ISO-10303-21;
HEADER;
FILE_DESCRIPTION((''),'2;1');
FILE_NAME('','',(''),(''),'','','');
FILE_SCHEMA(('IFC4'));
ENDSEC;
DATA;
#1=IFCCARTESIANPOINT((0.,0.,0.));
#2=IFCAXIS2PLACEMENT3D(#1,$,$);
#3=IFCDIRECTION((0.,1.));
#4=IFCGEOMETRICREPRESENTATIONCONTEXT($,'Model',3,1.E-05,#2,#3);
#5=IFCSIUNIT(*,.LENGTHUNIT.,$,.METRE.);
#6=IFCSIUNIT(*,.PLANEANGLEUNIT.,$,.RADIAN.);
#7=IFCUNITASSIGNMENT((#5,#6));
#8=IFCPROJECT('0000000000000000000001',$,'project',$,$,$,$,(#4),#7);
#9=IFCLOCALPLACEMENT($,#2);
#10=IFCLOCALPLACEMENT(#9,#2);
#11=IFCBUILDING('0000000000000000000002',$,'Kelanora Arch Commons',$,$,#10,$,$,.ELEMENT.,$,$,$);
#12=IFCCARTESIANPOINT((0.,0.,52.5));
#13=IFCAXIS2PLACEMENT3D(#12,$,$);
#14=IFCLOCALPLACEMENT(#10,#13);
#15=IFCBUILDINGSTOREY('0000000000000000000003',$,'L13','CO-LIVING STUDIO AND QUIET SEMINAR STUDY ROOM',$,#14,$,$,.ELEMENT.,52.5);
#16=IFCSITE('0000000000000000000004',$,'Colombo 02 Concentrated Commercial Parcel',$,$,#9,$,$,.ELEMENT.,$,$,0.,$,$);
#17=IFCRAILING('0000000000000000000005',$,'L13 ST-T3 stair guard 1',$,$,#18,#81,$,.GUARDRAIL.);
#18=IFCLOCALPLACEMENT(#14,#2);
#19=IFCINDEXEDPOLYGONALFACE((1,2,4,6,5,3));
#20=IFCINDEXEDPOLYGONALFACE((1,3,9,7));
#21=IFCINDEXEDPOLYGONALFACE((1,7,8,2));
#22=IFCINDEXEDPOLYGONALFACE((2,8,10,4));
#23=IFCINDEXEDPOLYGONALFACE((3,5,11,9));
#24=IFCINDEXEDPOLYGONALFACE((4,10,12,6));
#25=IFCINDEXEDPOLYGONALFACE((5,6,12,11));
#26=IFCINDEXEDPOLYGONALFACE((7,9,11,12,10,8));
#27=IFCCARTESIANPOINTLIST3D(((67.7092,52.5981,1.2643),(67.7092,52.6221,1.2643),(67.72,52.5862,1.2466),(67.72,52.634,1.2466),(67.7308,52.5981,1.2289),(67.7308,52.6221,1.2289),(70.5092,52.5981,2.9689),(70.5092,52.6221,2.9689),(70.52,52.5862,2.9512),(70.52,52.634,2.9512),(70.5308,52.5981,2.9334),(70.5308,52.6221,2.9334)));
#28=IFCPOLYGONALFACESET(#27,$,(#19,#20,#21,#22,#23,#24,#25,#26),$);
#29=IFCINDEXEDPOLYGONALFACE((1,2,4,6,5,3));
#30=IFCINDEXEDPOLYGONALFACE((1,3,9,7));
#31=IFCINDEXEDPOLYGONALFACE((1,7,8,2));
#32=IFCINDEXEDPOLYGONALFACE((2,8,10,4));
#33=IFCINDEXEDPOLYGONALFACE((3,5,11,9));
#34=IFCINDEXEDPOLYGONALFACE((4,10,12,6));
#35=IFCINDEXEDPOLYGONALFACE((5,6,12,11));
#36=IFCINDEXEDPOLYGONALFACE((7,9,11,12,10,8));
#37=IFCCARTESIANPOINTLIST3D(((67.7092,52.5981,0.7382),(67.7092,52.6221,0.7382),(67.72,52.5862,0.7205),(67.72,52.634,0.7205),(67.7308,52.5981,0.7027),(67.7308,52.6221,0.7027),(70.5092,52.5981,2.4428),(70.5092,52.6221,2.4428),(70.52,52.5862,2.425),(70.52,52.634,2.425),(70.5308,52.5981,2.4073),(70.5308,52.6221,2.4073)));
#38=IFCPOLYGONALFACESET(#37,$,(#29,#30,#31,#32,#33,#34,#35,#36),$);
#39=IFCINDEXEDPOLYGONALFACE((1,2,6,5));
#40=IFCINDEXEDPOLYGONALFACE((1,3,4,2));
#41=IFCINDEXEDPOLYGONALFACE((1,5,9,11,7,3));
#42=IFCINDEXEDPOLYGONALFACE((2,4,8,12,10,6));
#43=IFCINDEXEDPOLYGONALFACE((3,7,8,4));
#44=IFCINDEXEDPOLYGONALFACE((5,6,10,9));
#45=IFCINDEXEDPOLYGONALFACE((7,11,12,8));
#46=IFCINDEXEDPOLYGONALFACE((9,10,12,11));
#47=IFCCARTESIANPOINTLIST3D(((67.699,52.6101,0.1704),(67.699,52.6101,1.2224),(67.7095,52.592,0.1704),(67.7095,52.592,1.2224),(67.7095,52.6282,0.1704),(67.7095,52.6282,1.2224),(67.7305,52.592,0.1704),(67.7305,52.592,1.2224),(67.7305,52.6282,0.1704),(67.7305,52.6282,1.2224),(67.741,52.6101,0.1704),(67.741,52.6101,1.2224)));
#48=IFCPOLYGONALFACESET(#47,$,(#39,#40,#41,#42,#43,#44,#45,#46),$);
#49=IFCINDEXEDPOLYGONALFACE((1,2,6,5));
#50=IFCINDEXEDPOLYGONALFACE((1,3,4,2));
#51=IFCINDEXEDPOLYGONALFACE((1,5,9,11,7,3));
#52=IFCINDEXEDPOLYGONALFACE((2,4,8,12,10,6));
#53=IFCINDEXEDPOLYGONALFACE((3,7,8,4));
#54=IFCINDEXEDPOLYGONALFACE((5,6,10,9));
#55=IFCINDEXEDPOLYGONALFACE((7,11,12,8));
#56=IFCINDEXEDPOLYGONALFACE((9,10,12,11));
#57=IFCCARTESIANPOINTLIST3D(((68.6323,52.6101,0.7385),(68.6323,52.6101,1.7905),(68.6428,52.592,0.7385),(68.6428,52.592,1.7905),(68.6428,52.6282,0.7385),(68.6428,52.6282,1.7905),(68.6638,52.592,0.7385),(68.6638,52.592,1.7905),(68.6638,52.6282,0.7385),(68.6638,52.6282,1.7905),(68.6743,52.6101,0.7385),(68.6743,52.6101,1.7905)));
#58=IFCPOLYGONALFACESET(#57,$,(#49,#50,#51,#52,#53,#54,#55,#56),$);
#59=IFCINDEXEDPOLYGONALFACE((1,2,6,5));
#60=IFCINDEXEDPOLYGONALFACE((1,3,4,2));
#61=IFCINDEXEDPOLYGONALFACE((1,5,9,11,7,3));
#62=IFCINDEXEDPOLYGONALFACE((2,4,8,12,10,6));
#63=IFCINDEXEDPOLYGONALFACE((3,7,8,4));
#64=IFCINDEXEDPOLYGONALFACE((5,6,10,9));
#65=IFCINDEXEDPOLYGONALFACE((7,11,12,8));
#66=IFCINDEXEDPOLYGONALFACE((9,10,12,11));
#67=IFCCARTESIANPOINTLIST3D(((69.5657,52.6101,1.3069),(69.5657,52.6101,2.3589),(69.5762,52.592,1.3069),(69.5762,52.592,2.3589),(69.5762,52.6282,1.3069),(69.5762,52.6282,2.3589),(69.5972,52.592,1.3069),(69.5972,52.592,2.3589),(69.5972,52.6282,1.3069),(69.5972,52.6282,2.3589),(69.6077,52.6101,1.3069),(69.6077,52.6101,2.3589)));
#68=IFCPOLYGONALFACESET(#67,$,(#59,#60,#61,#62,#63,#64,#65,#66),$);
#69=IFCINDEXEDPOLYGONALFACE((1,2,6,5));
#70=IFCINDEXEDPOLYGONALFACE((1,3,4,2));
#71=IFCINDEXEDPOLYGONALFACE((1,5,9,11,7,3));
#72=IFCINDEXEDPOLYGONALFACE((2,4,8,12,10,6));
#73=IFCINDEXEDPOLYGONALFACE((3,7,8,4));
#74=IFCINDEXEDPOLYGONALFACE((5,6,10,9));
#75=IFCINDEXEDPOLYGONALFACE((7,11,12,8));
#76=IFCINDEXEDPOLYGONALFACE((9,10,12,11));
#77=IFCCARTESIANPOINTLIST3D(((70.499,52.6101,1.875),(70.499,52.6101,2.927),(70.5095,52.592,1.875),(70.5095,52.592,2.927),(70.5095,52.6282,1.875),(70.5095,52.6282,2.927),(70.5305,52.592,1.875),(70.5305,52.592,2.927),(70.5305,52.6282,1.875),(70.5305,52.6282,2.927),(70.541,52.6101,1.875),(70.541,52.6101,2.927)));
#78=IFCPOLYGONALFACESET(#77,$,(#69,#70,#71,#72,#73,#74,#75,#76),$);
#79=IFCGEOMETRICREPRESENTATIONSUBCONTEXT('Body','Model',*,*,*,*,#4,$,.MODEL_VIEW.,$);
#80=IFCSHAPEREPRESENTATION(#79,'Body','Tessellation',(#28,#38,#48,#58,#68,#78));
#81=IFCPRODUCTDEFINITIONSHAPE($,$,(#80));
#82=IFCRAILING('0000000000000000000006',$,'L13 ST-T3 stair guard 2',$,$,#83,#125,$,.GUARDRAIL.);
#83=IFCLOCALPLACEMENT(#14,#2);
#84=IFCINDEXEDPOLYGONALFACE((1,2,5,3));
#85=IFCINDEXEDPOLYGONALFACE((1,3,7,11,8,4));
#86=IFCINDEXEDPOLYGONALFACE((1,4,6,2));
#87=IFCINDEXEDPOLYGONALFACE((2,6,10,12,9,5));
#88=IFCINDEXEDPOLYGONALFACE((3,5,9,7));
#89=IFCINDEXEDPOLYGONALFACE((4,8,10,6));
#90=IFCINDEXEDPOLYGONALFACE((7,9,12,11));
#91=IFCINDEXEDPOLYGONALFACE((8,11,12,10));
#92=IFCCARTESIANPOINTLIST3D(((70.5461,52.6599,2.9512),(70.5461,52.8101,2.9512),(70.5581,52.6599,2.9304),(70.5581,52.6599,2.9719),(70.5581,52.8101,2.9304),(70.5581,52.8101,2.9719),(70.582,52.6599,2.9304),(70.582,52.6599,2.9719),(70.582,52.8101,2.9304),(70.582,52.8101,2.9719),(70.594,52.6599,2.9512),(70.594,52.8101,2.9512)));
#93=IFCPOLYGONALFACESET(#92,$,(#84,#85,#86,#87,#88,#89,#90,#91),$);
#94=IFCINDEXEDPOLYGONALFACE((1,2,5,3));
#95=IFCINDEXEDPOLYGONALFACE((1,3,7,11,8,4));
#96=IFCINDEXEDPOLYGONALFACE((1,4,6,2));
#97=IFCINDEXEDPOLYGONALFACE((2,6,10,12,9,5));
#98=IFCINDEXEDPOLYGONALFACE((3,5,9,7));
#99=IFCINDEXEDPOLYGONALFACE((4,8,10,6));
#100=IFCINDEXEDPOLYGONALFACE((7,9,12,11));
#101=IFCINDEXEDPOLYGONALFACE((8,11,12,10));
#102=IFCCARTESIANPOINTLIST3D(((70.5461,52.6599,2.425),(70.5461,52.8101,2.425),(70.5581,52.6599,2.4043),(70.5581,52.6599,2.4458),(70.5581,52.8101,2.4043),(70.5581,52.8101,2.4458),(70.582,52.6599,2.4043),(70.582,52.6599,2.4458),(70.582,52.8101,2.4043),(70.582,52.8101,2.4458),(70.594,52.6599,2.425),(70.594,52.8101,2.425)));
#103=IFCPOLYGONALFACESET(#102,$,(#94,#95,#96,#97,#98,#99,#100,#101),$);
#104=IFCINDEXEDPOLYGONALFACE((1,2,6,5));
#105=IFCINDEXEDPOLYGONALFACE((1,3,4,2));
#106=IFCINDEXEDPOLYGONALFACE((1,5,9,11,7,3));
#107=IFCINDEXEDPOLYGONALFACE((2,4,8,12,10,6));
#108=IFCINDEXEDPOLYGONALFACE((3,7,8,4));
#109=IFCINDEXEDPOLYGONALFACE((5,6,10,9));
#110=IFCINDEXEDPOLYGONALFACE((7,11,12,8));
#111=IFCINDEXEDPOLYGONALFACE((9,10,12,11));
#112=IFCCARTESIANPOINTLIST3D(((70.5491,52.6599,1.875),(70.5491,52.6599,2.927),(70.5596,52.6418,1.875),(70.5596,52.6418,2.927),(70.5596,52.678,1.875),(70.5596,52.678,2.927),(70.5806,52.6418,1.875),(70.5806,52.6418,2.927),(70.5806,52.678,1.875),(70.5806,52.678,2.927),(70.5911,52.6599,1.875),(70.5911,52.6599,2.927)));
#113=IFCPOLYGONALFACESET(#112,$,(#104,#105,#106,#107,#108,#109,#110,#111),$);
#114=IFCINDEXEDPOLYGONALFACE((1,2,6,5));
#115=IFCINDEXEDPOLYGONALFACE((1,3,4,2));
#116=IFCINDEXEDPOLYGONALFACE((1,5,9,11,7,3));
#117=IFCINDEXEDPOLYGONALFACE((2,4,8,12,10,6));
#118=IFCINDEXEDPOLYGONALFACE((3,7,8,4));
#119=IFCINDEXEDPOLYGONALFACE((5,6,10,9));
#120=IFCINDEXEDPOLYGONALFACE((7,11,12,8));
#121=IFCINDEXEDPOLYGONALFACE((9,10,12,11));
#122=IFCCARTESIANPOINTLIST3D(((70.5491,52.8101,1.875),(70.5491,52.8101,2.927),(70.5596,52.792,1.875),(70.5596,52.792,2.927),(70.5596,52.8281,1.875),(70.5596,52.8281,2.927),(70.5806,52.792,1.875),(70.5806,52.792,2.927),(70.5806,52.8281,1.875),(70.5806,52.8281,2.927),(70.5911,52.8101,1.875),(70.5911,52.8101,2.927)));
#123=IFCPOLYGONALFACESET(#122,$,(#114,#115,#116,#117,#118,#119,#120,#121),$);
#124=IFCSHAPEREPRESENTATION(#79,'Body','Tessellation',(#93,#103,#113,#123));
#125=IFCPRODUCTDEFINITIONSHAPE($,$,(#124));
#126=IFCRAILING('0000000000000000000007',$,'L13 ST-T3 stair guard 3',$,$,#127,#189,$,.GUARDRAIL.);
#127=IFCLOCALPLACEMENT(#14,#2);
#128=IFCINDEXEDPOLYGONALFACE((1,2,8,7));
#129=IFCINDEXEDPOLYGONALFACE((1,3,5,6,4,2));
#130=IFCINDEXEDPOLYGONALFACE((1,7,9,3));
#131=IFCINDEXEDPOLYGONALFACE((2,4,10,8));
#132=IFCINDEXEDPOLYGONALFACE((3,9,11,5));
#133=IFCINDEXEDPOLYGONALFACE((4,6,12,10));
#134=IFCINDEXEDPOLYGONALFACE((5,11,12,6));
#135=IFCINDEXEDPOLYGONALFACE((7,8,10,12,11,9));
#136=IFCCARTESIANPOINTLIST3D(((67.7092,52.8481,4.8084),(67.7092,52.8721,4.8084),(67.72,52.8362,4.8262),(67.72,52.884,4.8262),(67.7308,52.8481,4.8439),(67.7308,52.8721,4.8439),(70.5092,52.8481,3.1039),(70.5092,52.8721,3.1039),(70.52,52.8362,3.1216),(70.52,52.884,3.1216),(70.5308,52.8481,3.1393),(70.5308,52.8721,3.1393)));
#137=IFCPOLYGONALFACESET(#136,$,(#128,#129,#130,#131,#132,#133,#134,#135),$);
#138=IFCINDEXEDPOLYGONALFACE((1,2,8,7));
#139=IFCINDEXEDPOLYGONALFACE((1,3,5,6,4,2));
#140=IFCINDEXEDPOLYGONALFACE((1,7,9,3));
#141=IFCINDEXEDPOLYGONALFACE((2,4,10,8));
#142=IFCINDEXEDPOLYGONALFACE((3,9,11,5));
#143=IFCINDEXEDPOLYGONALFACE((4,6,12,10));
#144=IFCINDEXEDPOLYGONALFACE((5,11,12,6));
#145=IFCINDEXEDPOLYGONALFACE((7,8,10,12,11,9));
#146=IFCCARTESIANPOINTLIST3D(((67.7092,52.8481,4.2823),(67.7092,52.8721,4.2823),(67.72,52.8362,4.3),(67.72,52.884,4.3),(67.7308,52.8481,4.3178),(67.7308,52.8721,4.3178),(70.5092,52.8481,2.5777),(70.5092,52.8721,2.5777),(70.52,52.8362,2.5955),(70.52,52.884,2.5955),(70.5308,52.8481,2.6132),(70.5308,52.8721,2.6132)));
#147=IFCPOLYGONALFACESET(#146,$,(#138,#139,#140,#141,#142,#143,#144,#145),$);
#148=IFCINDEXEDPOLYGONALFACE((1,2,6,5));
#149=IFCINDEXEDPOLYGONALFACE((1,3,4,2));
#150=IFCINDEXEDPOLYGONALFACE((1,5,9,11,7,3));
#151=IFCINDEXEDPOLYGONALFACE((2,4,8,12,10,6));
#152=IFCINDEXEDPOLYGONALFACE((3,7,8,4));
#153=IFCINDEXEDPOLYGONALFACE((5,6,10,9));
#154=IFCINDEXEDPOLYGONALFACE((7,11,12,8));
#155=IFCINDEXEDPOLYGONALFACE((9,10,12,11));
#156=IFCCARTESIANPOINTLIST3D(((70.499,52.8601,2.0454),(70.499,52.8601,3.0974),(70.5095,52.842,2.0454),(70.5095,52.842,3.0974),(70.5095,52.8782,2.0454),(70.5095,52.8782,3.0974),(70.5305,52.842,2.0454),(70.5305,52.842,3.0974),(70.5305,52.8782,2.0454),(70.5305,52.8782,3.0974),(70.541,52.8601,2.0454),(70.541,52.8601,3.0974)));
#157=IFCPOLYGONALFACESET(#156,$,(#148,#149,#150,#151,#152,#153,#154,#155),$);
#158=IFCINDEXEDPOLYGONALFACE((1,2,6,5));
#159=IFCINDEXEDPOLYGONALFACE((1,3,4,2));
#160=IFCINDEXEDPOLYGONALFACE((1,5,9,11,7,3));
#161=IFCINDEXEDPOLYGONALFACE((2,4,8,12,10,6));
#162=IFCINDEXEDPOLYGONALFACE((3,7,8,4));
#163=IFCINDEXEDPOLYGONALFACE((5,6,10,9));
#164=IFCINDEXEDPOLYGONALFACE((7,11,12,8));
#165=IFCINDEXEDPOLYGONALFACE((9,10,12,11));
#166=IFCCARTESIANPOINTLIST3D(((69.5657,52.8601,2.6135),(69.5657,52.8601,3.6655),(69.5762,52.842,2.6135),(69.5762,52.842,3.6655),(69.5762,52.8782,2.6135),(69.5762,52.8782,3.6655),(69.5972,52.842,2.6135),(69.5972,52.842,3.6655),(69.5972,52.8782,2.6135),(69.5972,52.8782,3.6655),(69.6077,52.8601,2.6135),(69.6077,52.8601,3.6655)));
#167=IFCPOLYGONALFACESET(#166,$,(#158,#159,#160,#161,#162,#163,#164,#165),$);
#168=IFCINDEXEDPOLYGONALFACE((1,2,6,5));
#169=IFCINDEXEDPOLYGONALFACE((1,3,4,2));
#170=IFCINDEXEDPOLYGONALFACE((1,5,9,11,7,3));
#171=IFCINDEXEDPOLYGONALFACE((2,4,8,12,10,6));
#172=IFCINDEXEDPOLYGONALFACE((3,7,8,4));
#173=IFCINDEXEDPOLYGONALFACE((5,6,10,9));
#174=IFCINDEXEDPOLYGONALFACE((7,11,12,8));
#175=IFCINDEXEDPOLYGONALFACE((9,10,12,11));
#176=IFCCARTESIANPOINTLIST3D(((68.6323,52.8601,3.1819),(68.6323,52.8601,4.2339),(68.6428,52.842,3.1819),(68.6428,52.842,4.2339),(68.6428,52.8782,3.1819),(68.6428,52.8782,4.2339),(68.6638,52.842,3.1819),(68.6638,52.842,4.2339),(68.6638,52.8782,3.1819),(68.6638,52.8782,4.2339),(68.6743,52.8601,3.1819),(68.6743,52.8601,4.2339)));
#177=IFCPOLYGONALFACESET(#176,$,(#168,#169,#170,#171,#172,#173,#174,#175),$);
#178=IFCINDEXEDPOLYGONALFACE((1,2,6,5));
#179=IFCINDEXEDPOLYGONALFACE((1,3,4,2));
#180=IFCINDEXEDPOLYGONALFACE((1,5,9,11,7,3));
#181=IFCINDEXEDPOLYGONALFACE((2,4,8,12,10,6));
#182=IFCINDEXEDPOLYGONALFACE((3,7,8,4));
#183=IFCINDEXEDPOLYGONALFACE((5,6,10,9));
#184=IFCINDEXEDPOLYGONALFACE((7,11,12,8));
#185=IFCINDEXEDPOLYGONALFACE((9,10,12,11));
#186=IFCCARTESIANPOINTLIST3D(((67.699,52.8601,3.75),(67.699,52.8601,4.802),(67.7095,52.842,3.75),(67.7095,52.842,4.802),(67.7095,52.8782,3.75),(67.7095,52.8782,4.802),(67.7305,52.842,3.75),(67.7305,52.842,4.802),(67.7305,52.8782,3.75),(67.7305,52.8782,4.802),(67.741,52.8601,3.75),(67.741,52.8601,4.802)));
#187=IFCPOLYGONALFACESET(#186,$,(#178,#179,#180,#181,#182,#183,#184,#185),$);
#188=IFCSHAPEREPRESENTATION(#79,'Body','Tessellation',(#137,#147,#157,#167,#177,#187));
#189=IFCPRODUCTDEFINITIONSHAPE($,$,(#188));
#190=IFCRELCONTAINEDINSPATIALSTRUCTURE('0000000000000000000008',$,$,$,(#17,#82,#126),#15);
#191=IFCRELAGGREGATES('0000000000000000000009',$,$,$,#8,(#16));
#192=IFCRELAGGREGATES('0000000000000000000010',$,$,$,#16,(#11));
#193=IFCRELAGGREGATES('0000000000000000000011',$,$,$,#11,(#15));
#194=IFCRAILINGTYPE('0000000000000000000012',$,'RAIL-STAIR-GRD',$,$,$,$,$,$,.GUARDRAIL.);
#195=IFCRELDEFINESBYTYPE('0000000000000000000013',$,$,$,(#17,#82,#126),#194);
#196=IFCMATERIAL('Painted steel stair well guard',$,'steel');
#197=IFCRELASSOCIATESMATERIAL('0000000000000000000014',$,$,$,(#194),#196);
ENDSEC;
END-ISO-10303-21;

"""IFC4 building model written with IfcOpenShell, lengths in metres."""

from ifc_helpers import new_model, si_unit, direction, frame, origin, place, context, subcontext, project, spatial, polyline, outline, extrude, material, type_object, element, save


model = new_model("IFC4")

# Units and contexts
model_context = context("Model", 3, precision=1e-05, world=origin(), true_north=direction((0.0, 1.0)))
body_context = subcontext(model_context, "Body", "Model", "MODEL_VIEW")
ifc_project = project(units=[si_unit("LENGTHUNIT", "METRE"), si_unit("PLANEANGLEUNIT", "RADIAN")], contexts=[model_context])

# Site, building, storey
site_placement = place(None, origin())
site = spatial("IfcSite", under=ifc_project, at=site_placement, Name="Colombo 02 Concentrated Commercial Parcel", CompositionType="ELEMENT", RefElevation=0.0)
building_placement = place(site_placement, origin())
building = spatial("IfcBuilding", under=site, at=building_placement, Name="Kelanora Arch Commons", CompositionType="ELEMENT")
storey_placement = place(building_placement, frame((0.0, 0.0, 52.5)))
storey = spatial("IfcBuildingStorey", under=building, at=storey_placement, Name="L13", Description="CO-LIVING STUDIO AND QUIET SEMINAR STUDY ROOM", CompositionType="ELEMENT", Elevation=52.5)

# Railings
ifc_material_1 = material(Name="Painted steel stair well guard", Category="steel")
railing_type_1 = type_object("IfcRailingType", Name="RAIL-STAIR-GRD", PredefinedType="GUARDRAIL", material=ifc_material_1)
railing_1_placement = place(storey_placement, frame((67.72, 52.6101, 0.1704)))
element("IfcRailing", 1, at=railing_1_placement, inside=storey, type_object=railing_type_1, Name="L13 ST-T3 stair guard 1", PredefinedType="GUARDRAIL", context=body_context, shape_type="SweptSolid", body=[
    extrude(outline(polyline([(0.0239, 0.0), (0.012, 0.0208), (-0.012, 0.0208), (-0.0239, 0.0), (-0.012, -0.0208), (0.012, -0.0208), (0.0239, 0.0)])), frame((0.0, 0.0, 1.0762), z_axis=(0.85417, 0.0, 0.519994), x_axis=(0.0, 1.0, 0.0)), (0.0, 0.0, 1.0), 3.2781),
    extrude(outline(polyline([(0.0239, 0.0), (0.012, 0.0208), (-0.012, 0.0208), (-0.0239, 0.0), (-0.012, -0.0208), (0.012, -0.0208), (0.0239, 0.0)])), frame((0.0, 0.0, 0.55), z_axis=(0.85417, 0.0, 0.519994), x_axis=(0.0, 1.0, 0.0)), (0.0, 0.0, 1.0), 3.2781),
    extrude(outline(polyline([(0.021, 0.0), (0.0105, 0.0181), (-0.0105, 0.0181), (-0.021, 0.0), (-0.0105, -0.0181), (0.0105, -0.0181), (0.021, 0.0)])), origin(), (0.0, 0.0, 1.0), 1.052),
    extrude(outline(polyline([(0.021, 0.0), (0.0105, 0.0181), (-0.0105, 0.0181), (-0.021, 0.0), (-0.0105, -0.0181), (0.0105, -0.0181), (0.021, 0.0)])), frame((0.9333, 0.0, 0.5681)), (0.0, 0.0, 1.0), 1.052),
    extrude(outline(polyline([(0.021, 0.0), (0.0105, 0.0181), (-0.0105, 0.0181), (-0.021, 0.0), (-0.0105, -0.0181), (0.0105, -0.0181), (0.021, 0.0)])), frame((1.8667, 0.0, 1.1365)), (0.0, 0.0, 1.0), 1.052),
    extrude(outline(polyline([(0.021, 0.0), (0.0105, 0.0181), (-0.0105, 0.0181), (-0.021, 0.0), (-0.0105, -0.0181), (0.0105, -0.0181), (0.021, 0.0)])), frame((2.8, 0.0, 1.7046)), (0.0, 0.0, 1.0), 1.052),
])
railing_2_placement = place(storey_placement, frame((70.5701, 52.6599, 1.875)))
element("IfcRailing", 2, at=railing_2_placement, inside=storey, type_object=railing_type_1, Name="L13 ST-T3 stair guard 2", PredefinedType="GUARDRAIL", context=body_context, shape_type="SweptSolid", body=[
    extrude(outline(polyline([(0.0239, 0.0), (0.012, 0.0208), (-0.012, 0.0208), (-0.0239, 0.0), (-0.012, -0.0208), (0.012, -0.0208), (0.0239, 0.0)])), frame((0.0, 0.0, 1.0762), z_axis=(0.0, 1.0, 0.0), x_axis=(-1.0, 0.0, 0.0)), (0.0, 0.0, 1.0), 0.1501),
    extrude(outline(polyline([(0.0239, 0.0), (0.012, 0.0208), (-0.012, 0.0208), (-0.0239, 0.0), (-0.012, -0.0208), (0.012, -0.0208), (0.0239, 0.0)])), frame((0.0, 0.0, 0.55), z_axis=(0.0, 1.0, 0.0), x_axis=(-1.0, 0.0, 0.0)), (0.0, 0.0, 1.0), 0.1501),
    extrude(outline(polyline([(0.021, 0.0), (0.0105, 0.0181), (-0.0105, 0.0181), (-0.021, 0.0), (-0.0105, -0.0181), (0.0105, -0.0181), (0.021, 0.0)])), origin(), (0.0, 0.0, 1.0), 1.052),
    extrude(outline(polyline([(0.021, 0.0), (0.0105, 0.0181), (-0.0105, 0.0181), (-0.021, 0.0), (-0.0105, -0.0181), (0.0105, -0.0181), (0.021, 0.0)])), frame((0.0, 0.1501, 0.0)), (0.0, 0.0, 1.0), 1.052),
])
railing_3_placement = place(storey_placement, frame((70.52, 52.8601, 2.0454)))
element("IfcRailing", 3, at=railing_3_placement, inside=storey, type_object=railing_type_1, Name="L13 ST-T3 stair guard 3", PredefinedType="GUARDRAIL", context=body_context, shape_type="SweptSolid", body=[
    extrude(outline(polyline([(0.0239, 0.0), (0.012, 0.0208), (-0.012, 0.0208), (-0.0239, 0.0), (-0.012, -0.0208), (0.012, -0.0208), (0.0239, 0.0)])), frame((0.0, 0.0, 1.0762), z_axis=(-0.85417, 0.0, 0.519994), x_axis=(0.0, -1.0, 0.0)), (0.0, 0.0, 1.0), 3.2781),
    extrude(outline(polyline([(0.0239, 0.0), (0.012, 0.0208), (-0.012, 0.0208), (-0.0239, 0.0), (-0.012, -0.0208), (0.012, -0.0208), (0.0239, 0.0)])), frame((0.0, 0.0, 0.55), z_axis=(-0.85417, 0.0, 0.519994), x_axis=(0.0, -1.0, 0.0)), (0.0, 0.0, 1.0), 3.2781),
    extrude(outline(polyline([(0.021, 0.0), (0.0105, 0.0181), (-0.0105, 0.0181), (-0.021, 0.0), (-0.0105, -0.0181), (0.0105, -0.0181), (0.021, 0.0)])), origin(), (0.0, 0.0, 1.0), 1.052),
    extrude(outline(polyline([(0.021, 0.0), (0.0105, 0.0181), (-0.0105, 0.0181), (-0.021, 0.0), (-0.0105, -0.0181), (0.0105, -0.0181), (0.021, 0.0)])), frame((-0.9333, 0.0, 0.5681)), (0.0, 0.0, 1.0), 1.052),
    extrude(outline(polyline([(0.021, 0.0), (0.0105, 0.0181), (-0.0105, 0.0181), (-0.021, 0.0), (-0.0105, -0.0181), (0.0105, -0.0181), (0.021, 0.0)])), frame((-1.8667, 0.0, 1.1365)), (0.0, 0.0, 1.0), 1.052),
    extrude(outline(polyline([(0.021, 0.0), (0.0105, 0.0181), (-0.0105, 0.0181), (-0.021, 0.0), (-0.0105, -0.0181), (0.0105, -0.0181), (0.021, 0.0)])), frame((-2.8, 0.0, 1.7046)), (0.0, 0.0, 1.0), 1.052),
])

save(model, "model.ifc")
